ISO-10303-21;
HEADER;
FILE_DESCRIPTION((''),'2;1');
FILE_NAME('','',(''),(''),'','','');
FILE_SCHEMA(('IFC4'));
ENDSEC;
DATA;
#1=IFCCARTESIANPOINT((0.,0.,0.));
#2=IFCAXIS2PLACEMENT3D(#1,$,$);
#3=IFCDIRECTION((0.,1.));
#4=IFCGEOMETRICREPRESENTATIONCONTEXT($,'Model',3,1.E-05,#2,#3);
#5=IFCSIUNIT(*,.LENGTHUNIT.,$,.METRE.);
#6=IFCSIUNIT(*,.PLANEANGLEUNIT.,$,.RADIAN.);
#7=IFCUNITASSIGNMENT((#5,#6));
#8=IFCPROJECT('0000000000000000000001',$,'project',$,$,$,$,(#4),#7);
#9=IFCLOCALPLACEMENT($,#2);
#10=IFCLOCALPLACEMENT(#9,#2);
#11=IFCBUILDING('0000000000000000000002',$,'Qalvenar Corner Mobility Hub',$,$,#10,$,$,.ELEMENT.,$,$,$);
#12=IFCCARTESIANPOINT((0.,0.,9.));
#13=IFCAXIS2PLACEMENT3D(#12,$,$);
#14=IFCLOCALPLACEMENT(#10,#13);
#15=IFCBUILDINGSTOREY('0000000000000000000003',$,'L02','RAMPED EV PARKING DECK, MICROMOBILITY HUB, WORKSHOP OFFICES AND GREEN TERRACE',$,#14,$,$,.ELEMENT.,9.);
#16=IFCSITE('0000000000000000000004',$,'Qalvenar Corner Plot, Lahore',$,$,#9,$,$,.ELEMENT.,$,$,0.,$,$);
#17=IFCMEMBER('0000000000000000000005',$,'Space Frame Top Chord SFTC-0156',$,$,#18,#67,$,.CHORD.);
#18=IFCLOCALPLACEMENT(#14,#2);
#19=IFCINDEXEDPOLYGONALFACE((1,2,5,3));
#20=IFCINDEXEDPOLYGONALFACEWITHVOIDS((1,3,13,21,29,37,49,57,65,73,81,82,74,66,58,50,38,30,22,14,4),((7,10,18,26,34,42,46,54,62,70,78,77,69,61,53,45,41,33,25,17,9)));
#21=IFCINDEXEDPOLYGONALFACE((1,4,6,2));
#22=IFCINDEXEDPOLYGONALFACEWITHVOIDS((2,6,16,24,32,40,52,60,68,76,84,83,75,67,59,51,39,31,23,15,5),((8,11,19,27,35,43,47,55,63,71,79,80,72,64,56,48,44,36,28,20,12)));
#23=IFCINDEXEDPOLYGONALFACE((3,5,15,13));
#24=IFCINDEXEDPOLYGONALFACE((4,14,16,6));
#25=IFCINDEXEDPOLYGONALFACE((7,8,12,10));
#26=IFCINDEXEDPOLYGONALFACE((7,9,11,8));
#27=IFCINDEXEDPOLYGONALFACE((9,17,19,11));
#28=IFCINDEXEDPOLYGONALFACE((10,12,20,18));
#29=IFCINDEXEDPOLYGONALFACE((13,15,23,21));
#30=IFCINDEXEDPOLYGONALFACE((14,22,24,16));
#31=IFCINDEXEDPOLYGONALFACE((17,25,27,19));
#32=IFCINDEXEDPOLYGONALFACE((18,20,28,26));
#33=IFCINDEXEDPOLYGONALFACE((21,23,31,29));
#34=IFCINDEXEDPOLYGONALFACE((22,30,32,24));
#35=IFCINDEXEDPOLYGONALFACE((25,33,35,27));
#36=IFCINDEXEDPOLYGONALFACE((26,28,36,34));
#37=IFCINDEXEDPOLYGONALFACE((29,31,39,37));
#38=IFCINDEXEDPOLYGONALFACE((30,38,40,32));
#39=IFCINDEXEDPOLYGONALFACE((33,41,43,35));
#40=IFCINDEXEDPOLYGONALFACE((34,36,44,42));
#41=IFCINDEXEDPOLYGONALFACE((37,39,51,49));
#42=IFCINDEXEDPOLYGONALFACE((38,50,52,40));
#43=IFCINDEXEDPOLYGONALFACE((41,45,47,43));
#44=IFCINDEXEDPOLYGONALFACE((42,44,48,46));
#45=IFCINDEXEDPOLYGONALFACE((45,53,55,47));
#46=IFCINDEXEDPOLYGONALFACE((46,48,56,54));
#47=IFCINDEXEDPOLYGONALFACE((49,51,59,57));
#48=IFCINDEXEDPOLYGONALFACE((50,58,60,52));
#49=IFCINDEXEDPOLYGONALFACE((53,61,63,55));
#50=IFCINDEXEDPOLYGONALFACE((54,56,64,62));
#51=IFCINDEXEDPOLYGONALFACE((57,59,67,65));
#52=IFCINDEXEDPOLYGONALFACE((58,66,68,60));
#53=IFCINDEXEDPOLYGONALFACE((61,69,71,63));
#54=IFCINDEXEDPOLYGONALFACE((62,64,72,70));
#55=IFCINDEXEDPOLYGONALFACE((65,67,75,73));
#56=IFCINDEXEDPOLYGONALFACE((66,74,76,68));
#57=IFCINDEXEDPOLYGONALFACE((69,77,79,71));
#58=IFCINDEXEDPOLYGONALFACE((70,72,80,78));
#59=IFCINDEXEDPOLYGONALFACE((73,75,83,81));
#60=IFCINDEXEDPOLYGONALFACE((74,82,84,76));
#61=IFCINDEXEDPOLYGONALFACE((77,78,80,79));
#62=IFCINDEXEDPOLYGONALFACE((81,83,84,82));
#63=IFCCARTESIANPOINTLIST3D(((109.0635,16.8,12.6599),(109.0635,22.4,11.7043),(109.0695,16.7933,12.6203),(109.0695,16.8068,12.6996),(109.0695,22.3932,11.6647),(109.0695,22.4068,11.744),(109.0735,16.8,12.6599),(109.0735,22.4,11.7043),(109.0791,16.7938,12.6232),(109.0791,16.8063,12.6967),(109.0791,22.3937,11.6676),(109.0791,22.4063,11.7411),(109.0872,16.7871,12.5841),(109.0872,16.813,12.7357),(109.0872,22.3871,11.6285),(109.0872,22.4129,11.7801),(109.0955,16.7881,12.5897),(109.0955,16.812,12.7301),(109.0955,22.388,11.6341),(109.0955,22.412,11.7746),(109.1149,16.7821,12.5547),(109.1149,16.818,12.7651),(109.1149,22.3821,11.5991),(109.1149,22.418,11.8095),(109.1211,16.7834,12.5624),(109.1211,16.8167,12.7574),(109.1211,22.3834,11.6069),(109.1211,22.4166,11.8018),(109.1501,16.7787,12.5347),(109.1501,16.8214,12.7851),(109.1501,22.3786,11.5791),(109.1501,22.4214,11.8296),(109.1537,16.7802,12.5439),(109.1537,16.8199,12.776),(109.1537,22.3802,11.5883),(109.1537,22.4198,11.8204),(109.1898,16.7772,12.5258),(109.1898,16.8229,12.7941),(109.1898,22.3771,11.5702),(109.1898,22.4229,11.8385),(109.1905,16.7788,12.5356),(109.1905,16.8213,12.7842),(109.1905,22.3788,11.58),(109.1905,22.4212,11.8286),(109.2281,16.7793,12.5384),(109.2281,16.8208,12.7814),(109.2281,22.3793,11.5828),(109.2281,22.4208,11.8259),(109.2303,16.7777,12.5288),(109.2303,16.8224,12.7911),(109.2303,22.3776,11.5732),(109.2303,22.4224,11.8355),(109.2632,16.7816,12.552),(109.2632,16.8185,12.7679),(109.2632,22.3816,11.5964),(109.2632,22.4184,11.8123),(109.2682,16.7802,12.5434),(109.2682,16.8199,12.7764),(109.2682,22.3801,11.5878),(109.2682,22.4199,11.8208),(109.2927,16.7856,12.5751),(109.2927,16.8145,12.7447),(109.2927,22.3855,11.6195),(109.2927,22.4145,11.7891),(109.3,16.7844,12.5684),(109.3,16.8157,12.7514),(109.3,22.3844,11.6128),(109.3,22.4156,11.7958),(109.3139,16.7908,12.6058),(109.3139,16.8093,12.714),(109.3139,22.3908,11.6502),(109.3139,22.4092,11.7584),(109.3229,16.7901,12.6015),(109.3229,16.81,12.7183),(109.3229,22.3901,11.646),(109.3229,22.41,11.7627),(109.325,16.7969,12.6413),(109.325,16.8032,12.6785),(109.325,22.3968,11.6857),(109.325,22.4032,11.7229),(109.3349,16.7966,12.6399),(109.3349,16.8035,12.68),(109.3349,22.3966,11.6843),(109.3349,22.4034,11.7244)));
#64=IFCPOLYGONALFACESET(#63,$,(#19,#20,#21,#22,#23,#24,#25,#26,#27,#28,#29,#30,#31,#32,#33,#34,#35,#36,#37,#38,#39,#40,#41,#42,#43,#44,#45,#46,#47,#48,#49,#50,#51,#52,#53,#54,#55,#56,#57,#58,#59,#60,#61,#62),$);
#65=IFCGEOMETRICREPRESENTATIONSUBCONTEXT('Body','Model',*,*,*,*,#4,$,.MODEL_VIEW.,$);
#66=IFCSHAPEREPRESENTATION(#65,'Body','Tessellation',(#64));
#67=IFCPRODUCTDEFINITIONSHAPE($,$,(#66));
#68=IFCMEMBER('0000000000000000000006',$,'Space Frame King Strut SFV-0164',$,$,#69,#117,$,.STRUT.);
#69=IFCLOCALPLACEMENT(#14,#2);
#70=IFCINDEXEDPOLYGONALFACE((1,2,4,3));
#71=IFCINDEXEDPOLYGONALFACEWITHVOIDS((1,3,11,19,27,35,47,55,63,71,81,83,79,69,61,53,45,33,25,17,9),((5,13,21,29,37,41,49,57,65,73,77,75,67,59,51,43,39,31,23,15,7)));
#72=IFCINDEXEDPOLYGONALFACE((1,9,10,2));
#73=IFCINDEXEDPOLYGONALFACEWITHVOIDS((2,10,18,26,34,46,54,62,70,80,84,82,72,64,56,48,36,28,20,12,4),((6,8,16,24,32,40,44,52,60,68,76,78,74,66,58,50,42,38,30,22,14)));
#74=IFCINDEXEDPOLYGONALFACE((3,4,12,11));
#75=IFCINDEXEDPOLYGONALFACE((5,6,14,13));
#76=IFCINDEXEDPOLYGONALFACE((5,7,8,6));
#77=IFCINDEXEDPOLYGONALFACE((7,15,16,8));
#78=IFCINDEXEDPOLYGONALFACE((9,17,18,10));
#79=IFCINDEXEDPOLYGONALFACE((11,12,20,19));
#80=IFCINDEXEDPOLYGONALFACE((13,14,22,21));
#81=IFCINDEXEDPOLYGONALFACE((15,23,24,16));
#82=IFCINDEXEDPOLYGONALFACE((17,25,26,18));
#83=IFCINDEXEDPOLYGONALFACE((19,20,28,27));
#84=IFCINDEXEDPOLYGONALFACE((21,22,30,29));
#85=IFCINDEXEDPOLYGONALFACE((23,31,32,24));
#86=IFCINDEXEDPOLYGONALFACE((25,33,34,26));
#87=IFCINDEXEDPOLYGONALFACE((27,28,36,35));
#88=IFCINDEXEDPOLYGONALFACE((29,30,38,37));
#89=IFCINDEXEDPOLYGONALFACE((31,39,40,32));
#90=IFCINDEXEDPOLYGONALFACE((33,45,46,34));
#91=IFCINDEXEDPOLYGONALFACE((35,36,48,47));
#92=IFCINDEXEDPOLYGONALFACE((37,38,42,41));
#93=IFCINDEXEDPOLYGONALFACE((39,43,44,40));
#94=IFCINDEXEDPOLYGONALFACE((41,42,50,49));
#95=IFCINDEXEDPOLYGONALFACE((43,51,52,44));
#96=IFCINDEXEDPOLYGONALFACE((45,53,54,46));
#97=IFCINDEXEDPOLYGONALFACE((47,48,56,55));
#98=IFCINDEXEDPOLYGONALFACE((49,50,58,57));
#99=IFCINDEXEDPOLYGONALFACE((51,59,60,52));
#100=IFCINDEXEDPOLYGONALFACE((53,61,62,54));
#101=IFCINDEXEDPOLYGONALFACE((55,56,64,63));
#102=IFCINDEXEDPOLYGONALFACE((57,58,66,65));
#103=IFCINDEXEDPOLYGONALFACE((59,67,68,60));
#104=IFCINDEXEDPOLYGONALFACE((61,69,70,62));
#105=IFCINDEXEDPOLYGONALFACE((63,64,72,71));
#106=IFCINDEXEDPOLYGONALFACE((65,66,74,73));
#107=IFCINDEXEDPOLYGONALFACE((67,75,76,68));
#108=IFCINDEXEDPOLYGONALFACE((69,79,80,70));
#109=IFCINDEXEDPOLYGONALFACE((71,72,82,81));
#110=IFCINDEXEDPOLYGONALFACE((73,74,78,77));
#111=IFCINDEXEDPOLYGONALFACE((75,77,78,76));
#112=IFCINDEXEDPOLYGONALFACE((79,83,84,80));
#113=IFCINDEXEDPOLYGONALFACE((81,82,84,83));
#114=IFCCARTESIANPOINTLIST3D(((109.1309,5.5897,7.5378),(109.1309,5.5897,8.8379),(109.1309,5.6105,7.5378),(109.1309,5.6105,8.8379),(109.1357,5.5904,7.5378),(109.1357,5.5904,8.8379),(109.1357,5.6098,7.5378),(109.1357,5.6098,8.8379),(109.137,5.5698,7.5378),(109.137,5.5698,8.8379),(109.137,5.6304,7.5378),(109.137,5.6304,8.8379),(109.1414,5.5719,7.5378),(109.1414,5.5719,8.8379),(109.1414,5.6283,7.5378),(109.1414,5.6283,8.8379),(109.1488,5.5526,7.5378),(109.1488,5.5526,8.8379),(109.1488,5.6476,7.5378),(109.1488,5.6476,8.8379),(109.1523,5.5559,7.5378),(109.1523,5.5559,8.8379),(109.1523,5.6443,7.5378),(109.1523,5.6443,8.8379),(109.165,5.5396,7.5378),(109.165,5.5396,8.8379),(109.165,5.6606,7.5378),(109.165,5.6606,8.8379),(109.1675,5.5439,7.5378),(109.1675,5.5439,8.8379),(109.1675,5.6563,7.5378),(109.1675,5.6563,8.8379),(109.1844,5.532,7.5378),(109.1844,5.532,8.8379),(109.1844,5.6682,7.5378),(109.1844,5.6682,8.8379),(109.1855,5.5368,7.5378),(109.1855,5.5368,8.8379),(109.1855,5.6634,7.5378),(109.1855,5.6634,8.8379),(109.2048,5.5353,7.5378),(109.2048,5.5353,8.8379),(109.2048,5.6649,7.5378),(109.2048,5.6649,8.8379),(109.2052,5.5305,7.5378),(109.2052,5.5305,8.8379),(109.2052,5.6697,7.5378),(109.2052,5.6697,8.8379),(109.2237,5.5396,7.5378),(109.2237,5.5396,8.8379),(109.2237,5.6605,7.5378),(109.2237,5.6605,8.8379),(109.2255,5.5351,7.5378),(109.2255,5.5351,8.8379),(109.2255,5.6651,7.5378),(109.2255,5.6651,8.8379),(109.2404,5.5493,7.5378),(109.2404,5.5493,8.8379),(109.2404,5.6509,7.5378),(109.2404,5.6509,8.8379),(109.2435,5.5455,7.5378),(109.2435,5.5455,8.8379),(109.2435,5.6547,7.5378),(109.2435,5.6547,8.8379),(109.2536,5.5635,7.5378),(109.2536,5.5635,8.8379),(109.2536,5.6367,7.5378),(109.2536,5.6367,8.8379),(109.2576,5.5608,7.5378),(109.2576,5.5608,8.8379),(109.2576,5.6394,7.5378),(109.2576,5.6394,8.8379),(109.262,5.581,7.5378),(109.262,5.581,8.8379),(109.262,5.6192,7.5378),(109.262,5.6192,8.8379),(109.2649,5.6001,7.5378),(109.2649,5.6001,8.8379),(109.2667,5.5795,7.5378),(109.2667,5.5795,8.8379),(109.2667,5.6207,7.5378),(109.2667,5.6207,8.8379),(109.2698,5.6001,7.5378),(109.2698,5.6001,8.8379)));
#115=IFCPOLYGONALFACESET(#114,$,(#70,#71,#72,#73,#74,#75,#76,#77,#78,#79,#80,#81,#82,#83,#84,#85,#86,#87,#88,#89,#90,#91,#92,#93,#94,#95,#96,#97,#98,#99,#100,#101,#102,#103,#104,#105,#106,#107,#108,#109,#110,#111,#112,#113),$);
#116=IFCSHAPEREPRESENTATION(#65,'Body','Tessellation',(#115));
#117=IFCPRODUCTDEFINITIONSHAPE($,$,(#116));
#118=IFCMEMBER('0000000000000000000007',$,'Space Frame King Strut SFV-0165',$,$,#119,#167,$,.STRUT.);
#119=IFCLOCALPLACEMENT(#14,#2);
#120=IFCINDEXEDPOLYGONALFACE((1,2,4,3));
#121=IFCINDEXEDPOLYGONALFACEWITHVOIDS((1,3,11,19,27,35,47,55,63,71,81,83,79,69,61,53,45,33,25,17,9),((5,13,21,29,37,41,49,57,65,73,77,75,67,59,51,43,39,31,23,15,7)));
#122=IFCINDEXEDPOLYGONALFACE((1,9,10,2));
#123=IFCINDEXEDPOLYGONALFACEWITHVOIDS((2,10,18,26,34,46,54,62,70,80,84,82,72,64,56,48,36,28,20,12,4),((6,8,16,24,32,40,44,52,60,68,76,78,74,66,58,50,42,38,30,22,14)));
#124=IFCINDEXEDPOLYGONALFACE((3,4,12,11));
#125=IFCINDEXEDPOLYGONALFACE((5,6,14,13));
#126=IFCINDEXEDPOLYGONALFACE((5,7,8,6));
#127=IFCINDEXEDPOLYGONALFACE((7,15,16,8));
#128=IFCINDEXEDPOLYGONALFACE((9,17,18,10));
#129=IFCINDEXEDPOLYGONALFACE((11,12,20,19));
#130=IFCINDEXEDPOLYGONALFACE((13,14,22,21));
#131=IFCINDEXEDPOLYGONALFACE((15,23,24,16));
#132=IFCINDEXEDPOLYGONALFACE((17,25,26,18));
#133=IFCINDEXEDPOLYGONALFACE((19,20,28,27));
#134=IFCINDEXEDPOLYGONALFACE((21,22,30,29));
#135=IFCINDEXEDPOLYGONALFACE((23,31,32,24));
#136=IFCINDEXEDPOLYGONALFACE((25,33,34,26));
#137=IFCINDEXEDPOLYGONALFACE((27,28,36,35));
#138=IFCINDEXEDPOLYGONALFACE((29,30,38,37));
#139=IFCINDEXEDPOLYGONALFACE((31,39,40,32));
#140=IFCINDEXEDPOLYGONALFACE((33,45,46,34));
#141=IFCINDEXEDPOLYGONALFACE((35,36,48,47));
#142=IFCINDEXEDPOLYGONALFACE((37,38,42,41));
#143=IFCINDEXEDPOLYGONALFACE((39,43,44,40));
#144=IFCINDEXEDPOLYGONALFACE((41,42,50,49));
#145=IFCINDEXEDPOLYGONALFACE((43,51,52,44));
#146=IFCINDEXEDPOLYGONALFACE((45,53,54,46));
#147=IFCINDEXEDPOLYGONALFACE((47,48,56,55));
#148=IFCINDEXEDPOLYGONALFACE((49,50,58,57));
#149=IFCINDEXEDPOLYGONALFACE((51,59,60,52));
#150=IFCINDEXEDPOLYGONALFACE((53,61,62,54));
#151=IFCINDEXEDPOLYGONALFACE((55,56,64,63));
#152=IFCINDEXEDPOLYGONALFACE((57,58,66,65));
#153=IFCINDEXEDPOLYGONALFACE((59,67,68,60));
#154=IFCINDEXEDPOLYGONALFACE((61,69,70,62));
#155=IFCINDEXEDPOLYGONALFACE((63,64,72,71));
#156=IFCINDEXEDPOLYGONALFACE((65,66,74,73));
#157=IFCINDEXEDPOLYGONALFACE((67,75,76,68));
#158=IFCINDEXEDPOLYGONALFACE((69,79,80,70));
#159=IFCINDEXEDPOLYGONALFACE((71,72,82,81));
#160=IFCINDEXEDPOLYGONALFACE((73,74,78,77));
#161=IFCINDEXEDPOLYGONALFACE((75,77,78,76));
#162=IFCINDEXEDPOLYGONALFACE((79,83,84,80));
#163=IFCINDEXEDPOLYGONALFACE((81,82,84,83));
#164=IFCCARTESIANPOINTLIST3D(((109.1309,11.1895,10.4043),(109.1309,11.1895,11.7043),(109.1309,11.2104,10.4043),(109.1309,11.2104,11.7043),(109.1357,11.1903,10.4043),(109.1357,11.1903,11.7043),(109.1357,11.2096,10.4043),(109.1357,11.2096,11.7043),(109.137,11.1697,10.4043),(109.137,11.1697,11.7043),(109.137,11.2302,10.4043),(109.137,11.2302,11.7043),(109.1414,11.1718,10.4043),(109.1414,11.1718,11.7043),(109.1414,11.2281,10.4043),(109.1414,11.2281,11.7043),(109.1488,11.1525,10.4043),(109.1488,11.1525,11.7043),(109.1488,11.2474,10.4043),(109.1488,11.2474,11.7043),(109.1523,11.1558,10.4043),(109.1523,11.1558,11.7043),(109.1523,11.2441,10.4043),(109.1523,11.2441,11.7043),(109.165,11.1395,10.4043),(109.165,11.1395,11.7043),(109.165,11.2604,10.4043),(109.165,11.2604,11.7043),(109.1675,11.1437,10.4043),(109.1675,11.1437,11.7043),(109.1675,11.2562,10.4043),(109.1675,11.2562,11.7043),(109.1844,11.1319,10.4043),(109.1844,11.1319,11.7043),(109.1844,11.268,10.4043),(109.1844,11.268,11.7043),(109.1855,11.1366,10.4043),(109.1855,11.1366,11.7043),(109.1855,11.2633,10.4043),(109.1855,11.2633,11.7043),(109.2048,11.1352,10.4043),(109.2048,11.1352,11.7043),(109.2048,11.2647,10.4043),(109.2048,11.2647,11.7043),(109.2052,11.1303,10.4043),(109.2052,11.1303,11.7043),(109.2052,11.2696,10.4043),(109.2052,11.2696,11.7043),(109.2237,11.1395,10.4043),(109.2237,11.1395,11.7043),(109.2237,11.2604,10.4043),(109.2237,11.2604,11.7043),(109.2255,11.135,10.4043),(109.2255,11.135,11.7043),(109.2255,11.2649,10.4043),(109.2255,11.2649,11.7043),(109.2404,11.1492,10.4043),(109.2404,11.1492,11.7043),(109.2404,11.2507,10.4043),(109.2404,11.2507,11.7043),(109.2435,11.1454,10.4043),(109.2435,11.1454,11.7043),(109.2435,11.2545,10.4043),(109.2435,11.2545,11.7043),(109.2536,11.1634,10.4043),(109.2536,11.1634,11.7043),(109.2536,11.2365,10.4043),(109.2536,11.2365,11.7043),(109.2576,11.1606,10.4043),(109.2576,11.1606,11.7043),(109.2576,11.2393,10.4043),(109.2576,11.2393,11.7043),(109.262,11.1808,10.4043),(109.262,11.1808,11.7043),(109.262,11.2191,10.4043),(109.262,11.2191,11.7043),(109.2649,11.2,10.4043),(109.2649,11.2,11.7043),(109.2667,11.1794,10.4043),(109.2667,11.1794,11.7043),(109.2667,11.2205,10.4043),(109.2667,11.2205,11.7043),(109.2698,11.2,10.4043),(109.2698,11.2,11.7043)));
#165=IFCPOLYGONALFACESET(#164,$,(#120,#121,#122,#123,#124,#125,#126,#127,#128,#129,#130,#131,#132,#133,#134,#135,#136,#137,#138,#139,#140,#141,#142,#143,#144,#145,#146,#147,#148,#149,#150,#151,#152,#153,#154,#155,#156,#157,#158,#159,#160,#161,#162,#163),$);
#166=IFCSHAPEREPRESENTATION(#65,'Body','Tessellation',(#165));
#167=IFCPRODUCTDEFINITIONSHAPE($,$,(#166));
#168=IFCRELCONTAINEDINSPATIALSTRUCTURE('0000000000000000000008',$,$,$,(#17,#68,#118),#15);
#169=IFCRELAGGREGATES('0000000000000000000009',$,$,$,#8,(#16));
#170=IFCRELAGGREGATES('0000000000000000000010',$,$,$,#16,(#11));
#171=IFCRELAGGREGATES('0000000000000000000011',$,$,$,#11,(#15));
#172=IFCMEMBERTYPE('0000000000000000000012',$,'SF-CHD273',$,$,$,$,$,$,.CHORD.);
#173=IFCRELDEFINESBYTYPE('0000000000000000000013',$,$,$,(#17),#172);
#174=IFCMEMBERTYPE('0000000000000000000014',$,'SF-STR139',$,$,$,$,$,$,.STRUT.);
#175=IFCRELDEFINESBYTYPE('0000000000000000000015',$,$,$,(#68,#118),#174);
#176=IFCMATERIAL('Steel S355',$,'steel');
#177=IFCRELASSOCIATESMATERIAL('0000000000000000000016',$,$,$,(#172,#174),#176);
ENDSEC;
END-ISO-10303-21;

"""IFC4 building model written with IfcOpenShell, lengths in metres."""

from ifc_helpers import new_model, si_unit, direction, frame, origin, origin_2d, place, context, subcontext, project, spatial, hollow_circle, extrude, material, material_profile, profile_set, type_object, element, save


model = new_model("IFC4")

# Units and contexts
model_context = context("Model", 3, precision=1e-05, world=origin(), true_north=direction((0.0, 1.0)))
body_context = subcontext(model_context, "Body", "Model", "MODEL_VIEW")
ifc_project = project(units=[si_unit("LENGTHUNIT", "METRE"), si_unit("PLANEANGLEUNIT", "RADIAN")], contexts=[model_context])

# Site, building, storey
site_placement = place(None, origin())
site = spatial("IfcSite", under=ifc_project, at=site_placement, Name="Qalvenar Corner Plot, Lahore", CompositionType="ELEMENT", RefElevation=0.0)
building_placement = place(site_placement, origin())
building = spatial("IfcBuilding", under=site, at=building_placement, Name="Qalvenar Corner Mobility Hub", CompositionType="ELEMENT")
storey_placement = place(building_placement, frame((0.0, 0.0, 9.0)))
storey = spatial("IfcBuildingStorey", under=building, at=storey_placement, Name="L02", Description="RAMPED EV PARKING DECK, MICROMOBILITY HUB, WORKSHOP OFFICES AND GREEN TERRACE", CompositionType="ELEMENT", Elevation=9.0)

# Members
ifc_material_1 = material(Name="Steel S355", Category="steel")
ifc_material_profile_1 = material_profile(ifc_material_1, hollow_circle(Radius=0.1365, WallThickness=0.01, at=origin_2d()), Name="CHS273x10")
ifc_profile_set_1 = profile_set([ifc_material_profile_1], Name="Steel S355")
member_type_1 = type_object("IfcMemberType", Name="SF-CHD273", PredefinedType="CHORD", material=ifc_profile_set_1)
member_1_placement = place(storey_placement, frame((109.2, 16.8, 12.6599), z_axis=(0.0, 0.985751, -0.16821), x_axis=(-1.0, 0.0, 0.0)))
element("IfcMember", 1, at=member_1_placement, inside=storey, type_object=member_type_1, Name="Space Frame Top Chord SFTC-0156", PredefinedType="CHORD", context=body_context, shape_type="SweptSolid", body=[
    extrude(hollow_circle(Radius=0.1365, WallThickness=0.01, at=origin_2d()), origin(), (0.0, 0.0, 1.0), 5.6809),
])
ifc_material_profile_2 = material_profile(ifc_material_1, hollow_circle(Radius=0.0698, WallThickness=0.0049, at=origin_2d()), Name="CHS139.7x5")
ifc_profile_set_2 = profile_set([ifc_material_profile_2], Name="Steel S355")
member_type_2 = type_object("IfcMemberType", Name="SF-STR139", PredefinedType="STRUT", material=ifc_profile_set_2)
for number, where, z_axis, x_axis, name in (
    (2, (109.2, 5.6001, 7.5378), (0.0, 0.0, 1.0), (1.0, 0.0, 0.0), "Space Frame King Strut SFV-0164"),
    (3, (109.2, 11.2, 10.4043), (0.0, 0.0, 1.0), (1.0, 0.0, 0.0), "Space Frame King Strut SFV-0165"),
):
    element("IfcMember", number, at=place(storey_placement, frame(where, z_axis=z_axis, x_axis=x_axis)), inside=storey, type_object=member_type_2, Name=name, PredefinedType="STRUT", context=body_context, shape_type="SweptSolid", body=[
        extrude(hollow_circle(Radius=0.0698, WallThickness=0.0049, at=origin_2d()), origin(), (0.0, 0.0, 1.0), 1.3),
    ])

save(model, "model.ifc")
